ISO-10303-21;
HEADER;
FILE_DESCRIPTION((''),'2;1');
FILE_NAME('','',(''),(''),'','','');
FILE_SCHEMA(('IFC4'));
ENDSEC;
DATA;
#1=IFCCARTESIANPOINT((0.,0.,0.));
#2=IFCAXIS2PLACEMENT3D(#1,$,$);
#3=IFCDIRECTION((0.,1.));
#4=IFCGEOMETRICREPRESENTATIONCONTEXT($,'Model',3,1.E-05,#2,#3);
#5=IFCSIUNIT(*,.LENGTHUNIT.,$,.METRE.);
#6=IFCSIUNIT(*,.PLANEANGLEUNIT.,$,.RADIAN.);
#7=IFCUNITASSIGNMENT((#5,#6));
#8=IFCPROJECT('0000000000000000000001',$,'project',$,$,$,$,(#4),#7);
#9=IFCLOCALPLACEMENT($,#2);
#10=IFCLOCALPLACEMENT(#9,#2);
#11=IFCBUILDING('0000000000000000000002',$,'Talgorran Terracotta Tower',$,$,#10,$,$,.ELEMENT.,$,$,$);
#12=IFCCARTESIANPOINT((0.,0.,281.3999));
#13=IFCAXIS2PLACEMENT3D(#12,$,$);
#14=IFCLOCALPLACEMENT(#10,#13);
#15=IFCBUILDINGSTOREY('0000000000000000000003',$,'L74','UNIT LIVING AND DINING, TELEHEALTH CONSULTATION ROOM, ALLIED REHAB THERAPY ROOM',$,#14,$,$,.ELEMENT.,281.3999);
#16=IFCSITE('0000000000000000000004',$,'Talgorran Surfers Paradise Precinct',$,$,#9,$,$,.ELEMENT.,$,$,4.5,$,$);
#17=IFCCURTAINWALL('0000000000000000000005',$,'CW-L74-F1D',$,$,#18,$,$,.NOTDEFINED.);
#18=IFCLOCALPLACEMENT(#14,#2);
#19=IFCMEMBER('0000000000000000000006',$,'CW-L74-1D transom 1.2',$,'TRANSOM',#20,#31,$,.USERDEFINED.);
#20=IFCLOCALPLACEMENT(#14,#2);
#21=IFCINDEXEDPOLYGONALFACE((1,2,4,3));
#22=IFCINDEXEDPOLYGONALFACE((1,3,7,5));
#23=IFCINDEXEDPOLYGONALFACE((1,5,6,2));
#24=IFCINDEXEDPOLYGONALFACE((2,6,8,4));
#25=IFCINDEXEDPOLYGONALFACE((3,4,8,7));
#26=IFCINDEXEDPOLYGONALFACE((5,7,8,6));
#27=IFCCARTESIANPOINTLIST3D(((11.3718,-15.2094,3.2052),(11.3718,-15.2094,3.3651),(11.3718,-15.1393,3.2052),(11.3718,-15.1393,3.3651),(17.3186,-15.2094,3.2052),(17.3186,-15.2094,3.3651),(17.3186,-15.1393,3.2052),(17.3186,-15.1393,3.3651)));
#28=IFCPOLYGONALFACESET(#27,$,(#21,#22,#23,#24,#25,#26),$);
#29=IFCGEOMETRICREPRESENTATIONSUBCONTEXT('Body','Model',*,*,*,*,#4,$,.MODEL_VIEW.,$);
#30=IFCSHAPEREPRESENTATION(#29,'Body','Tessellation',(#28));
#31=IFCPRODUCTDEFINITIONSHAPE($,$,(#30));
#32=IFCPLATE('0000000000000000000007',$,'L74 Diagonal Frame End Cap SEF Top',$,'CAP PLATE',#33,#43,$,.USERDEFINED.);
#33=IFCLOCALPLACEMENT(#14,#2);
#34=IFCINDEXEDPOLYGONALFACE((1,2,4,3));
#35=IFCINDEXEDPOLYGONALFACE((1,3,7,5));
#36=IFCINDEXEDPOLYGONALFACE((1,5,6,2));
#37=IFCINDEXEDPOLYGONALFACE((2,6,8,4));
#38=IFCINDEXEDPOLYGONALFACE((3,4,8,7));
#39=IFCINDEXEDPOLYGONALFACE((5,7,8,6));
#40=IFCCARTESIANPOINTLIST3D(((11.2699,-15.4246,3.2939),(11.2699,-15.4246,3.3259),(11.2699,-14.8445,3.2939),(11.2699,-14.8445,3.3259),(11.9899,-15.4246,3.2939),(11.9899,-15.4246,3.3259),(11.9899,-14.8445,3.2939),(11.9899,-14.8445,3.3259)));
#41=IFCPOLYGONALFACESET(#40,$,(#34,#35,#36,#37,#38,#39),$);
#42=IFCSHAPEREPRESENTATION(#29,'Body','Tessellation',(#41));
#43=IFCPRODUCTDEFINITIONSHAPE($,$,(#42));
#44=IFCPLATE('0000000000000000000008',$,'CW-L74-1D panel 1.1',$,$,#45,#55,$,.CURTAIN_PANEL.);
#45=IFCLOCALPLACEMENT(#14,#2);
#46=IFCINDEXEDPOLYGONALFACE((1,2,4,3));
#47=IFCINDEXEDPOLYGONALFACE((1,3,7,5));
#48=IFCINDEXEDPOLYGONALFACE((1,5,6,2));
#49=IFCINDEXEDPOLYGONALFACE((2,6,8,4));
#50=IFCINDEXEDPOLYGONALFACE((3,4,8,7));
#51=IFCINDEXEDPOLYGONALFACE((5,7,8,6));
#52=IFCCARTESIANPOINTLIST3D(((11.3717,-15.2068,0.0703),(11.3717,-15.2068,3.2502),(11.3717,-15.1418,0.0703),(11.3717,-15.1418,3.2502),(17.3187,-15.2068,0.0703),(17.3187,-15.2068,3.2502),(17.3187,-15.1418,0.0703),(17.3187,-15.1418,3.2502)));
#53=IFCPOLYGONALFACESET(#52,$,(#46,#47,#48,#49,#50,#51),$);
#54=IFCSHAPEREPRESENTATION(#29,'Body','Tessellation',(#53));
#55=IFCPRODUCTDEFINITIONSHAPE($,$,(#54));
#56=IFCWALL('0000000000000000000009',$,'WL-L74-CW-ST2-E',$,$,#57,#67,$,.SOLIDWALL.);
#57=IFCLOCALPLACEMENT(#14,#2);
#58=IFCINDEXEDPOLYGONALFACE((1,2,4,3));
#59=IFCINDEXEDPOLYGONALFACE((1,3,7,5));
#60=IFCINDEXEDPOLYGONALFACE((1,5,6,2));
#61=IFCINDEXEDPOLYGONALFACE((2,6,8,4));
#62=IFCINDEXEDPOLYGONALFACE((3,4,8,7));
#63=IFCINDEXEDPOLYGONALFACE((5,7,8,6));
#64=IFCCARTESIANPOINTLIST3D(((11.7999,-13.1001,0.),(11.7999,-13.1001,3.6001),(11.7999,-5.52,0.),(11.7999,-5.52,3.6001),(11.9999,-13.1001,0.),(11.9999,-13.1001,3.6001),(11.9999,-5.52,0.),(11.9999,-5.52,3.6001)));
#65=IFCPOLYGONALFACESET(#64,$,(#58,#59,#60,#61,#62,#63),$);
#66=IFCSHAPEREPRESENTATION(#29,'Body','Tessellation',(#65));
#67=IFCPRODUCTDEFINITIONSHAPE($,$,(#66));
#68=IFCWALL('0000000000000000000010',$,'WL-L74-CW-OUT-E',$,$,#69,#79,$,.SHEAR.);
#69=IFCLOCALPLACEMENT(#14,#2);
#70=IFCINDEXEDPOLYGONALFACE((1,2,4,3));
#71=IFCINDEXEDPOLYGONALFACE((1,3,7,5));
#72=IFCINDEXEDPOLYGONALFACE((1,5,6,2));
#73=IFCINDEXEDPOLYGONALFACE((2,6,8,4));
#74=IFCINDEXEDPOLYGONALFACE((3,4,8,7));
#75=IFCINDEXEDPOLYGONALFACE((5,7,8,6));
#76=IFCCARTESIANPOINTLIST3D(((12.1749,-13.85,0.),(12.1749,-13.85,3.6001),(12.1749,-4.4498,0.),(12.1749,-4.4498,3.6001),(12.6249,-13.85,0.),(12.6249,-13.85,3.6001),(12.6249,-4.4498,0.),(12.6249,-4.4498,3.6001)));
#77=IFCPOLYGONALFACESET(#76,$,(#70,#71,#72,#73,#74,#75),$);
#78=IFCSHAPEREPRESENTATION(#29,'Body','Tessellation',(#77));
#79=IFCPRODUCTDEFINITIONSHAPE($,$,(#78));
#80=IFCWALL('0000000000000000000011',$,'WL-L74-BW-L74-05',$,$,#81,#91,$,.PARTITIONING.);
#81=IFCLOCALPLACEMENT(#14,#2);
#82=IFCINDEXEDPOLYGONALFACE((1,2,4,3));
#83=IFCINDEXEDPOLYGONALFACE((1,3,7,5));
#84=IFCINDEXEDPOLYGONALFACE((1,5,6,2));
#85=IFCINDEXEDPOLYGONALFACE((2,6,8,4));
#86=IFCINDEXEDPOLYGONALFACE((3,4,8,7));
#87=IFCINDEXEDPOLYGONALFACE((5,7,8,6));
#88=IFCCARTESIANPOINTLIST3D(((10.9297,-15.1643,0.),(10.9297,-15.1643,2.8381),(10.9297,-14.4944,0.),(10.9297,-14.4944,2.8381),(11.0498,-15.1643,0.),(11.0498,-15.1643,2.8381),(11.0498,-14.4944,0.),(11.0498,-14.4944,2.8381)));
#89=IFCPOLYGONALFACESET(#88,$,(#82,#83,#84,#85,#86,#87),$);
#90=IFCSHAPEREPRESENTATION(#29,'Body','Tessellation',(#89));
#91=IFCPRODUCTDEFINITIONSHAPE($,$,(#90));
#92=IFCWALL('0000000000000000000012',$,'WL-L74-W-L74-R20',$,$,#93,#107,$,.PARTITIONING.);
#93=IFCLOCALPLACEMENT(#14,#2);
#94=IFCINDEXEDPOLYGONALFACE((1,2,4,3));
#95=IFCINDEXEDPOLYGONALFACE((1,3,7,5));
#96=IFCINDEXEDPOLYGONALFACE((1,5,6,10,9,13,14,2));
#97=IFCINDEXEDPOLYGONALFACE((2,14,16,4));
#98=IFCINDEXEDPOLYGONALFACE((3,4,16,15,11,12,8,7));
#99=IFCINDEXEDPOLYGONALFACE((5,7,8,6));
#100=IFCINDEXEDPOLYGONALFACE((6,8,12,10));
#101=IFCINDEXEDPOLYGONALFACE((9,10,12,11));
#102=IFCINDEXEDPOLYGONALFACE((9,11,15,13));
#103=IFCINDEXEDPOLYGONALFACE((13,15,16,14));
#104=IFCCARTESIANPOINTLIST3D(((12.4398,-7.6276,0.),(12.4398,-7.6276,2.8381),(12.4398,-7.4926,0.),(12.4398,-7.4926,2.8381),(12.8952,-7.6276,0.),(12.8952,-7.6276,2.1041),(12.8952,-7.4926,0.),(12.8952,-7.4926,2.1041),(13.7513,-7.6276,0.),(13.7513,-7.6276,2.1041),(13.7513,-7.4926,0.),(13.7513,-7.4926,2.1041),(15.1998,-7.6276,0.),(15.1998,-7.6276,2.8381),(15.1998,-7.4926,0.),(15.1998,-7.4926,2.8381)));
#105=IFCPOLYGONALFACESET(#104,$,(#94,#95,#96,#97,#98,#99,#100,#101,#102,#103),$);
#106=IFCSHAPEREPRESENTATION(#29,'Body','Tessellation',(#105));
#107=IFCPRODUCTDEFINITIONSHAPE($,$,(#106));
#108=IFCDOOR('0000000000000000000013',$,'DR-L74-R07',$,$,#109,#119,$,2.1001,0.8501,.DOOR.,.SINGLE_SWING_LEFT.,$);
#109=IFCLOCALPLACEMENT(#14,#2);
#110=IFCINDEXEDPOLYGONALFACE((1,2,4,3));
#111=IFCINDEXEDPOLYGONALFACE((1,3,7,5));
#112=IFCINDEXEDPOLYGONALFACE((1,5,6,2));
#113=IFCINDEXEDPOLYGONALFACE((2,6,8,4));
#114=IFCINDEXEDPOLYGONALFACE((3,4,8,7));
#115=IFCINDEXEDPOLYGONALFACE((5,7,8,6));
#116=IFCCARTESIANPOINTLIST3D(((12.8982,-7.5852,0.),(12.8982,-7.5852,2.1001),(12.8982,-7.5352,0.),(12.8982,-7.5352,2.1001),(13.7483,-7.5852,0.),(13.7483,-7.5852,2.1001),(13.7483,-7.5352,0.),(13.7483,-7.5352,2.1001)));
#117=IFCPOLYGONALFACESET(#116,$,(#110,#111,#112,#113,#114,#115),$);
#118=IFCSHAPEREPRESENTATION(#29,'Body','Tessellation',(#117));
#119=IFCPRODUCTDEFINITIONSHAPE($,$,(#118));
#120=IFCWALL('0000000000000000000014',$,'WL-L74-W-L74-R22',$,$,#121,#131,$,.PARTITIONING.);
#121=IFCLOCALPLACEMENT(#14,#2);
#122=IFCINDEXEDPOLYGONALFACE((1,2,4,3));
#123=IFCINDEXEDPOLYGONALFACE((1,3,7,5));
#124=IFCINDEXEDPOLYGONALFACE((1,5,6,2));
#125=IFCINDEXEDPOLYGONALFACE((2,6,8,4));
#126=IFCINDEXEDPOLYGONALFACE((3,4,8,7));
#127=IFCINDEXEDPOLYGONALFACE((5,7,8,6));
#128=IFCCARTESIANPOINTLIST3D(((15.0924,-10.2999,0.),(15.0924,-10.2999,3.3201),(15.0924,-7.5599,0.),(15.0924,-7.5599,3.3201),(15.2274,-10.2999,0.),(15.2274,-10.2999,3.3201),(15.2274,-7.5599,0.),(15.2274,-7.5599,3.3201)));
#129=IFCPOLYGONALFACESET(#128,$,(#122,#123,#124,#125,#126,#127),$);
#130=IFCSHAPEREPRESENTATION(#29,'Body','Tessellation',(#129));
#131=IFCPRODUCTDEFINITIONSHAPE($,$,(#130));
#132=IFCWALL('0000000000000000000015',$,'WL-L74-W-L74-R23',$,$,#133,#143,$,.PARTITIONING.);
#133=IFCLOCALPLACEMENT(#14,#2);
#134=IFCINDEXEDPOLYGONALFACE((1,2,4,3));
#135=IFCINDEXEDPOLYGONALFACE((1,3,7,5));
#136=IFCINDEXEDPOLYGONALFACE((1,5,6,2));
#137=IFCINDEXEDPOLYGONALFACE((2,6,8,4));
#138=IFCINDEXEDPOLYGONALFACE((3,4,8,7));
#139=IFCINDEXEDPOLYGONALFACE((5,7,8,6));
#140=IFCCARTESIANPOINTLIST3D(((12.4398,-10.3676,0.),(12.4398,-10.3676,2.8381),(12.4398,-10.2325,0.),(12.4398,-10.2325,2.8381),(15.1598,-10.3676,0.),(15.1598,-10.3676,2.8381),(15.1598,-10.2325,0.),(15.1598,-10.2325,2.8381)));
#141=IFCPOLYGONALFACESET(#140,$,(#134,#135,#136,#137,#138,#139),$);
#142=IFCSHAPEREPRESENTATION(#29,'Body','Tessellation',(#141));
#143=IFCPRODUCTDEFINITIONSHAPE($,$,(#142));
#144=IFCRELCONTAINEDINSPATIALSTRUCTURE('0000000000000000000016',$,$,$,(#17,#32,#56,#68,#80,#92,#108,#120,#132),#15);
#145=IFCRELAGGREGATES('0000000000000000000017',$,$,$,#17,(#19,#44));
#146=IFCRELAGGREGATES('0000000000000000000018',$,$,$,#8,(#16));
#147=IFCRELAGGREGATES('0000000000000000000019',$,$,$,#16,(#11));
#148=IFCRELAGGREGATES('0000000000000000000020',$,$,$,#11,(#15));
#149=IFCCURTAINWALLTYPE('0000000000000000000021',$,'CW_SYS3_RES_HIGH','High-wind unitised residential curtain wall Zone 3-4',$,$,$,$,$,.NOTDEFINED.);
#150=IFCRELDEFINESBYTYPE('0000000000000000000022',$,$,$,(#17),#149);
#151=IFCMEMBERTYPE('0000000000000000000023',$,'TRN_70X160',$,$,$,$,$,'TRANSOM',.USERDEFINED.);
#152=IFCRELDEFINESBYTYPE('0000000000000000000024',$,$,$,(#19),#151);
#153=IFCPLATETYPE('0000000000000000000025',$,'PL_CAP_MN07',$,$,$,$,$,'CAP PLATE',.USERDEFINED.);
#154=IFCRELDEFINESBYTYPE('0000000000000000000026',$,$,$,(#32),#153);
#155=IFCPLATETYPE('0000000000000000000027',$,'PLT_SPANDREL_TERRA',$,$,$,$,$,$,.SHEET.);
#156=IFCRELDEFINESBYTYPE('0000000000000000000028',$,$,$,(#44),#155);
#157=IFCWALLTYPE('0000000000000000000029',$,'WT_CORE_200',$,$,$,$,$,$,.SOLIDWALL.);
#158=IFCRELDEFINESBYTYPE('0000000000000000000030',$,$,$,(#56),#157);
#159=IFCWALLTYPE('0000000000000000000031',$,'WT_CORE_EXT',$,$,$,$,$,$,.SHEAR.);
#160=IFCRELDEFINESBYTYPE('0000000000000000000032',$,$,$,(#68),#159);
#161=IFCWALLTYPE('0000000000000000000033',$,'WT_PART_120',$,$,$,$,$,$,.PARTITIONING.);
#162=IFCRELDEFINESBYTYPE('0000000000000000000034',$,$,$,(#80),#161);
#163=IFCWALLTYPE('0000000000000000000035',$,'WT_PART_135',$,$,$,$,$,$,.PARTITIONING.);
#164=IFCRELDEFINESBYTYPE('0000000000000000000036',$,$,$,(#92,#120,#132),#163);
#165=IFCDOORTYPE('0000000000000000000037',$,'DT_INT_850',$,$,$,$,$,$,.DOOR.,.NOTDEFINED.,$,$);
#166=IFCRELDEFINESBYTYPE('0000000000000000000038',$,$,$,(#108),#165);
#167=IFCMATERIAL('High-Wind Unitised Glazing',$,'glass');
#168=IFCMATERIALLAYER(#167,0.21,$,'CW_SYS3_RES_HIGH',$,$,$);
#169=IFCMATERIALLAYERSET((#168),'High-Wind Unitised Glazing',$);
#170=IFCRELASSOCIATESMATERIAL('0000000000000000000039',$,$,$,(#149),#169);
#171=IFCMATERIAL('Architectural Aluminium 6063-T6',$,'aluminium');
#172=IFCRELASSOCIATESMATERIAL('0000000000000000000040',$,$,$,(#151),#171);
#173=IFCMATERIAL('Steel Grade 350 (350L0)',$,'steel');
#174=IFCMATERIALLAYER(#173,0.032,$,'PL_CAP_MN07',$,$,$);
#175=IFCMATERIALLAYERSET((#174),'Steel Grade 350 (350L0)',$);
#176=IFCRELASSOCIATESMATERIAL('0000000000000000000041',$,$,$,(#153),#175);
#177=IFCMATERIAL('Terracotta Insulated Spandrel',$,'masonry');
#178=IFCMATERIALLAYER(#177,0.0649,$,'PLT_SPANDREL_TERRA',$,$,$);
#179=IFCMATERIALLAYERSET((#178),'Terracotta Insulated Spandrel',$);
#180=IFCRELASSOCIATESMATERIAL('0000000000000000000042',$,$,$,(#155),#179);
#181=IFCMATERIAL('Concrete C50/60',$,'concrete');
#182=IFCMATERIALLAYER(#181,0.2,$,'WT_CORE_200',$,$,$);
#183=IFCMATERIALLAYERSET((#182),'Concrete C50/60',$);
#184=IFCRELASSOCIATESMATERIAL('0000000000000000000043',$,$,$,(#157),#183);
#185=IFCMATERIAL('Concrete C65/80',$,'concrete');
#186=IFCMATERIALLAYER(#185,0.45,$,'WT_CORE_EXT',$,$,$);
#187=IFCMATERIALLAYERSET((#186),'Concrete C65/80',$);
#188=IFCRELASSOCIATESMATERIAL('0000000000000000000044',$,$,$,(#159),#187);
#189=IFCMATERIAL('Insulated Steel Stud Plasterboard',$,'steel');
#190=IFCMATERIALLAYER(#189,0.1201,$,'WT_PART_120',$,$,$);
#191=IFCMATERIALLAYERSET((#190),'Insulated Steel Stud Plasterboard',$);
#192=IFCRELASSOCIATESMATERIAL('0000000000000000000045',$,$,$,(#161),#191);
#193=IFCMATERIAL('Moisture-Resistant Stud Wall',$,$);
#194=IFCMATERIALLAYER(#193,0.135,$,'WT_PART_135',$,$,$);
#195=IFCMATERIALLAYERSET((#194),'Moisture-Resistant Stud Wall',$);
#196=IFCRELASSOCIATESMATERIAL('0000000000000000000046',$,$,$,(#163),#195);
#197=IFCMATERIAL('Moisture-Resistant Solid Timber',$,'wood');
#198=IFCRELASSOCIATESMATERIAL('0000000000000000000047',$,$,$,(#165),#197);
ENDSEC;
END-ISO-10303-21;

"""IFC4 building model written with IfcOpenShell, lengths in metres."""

from ifc_helpers import new_model, si_unit, direction, frame, frame_2d, origin, origin_2d, place, context, subcontext, project, spatial, rectangle, extrude, source, transform, mapped, material, layer, layer_set, material_profile, profile_set, type_object, type_shapes, element, fill, aggregate, save


model = new_model("IFC4")

# Units and contexts
model_context = context("Model", 3, precision=1e-05, world=origin(), true_north=direction((0.0, 1.0)))
body_context = subcontext(model_context, "Body", "Model", "MODEL_VIEW")
ifc_project = project(units=[si_unit("LENGTHUNIT", "METRE"), si_unit("PLANEANGLEUNIT", "RADIAN")], contexts=[model_context])

# Site, building, storey
site_placement = place(None, origin())
site = spatial("IfcSite", under=ifc_project, at=site_placement, Name="Talgorran Surfers Paradise Precinct", CompositionType="ELEMENT", RefElevation=4.5)
building_placement = place(site_placement, origin())
building = spatial("IfcBuilding", under=site, at=building_placement, Name="Talgorran Terracotta Tower", CompositionType="ELEMENT")
storey_placement = place(building_placement, frame((0.0, 0.0, 281.3999)))
storey = spatial("IfcBuildingStorey", under=building, at=storey_placement, Name="L74", Description="UNIT LIVING AND DINING, TELEHEALTH CONSULTATION ROOM, ALLIED REHAB THERAPY ROOM", CompositionType="ELEMENT", Elevation=281.3999)

# Shared definitions
ifc_material_1 = material(Name="High-Wind Unitised Glazing", Category="glass")
ifc_layer_1 = layer(ifc_material_1, 0.21, Name="CW_SYS3_RES_HIGH")
ifc_layer_set_1 = layer_set([ifc_layer_1], Name="High-Wind Unitised Glazing")
curtain_wall_type = type_object("IfcCurtainWallType", Name="CW_SYS3_RES_HIGH", Description="High-wind unitised residential curtain wall Zone 3-4", PredefinedType="NOTDEFINED", material=ifc_layer_set_1)
ifc_material_2 = material(Name="Architectural Aluminium 6063-T6", Category="aluminium")

# Curtain wall, member
curtain_wall_1_placement = place(storey_placement, origin())
curtain_wall_1 = element("IfcCurtainWall", 1, at=curtain_wall_1_placement, inside=storey, type_object=curtain_wall_type, Name="CW-L74-F1D", PredefinedType="NOTDEFINED")
ifc_material_profile_1 = material_profile(ifc_material_2, rectangle(XDim=0.0701, YDim=0.1599, at=origin_2d()), Name="CWT70X160")
ifc_profile_set_1 = profile_set([ifc_material_profile_1], Name="Architectural Aluminium 6063-T6")
member_type_1 = type_object("IfcMemberType", Name="TRN_70X160", ElementType="TRANSOM", PredefinedType="USERDEFINED", material=ifc_profile_set_1)
member_1_placement = place(storey_placement, frame((11.3718, -15.1743, 3.2852), z_axis=(1.0, 0.0, 0.0), x_axis=(0.0, 1.0, 0.0)))
member_1 = element("IfcMember", 2, at=member_1_placement, type_object=member_type_1, Name="CW-L74-1D transom 1.2", ObjectType="TRANSOM", PredefinedType="USERDEFINED", context=body_context, shape_type="SweptSolid", body=[
    extrude(rectangle(XDim=0.0701, YDim=0.1599, at=origin_2d()), origin(), (0.0, 0.0, 1.0), 5.9468),
])

# Plates
ifc_material_3 = material(Name="Steel Grade 350 (350L0)", Category="steel")
ifc_layer_2 = layer(ifc_material_3, 0.032, Name="PL_CAP_MN07")
ifc_layer_set_2 = layer_set([ifc_layer_2], Name="Steel Grade 350 (350L0)")
plate_type_1 = type_object("IfcPlateType", Name="PL_CAP_MN07", ElementType="CAP PLATE", PredefinedType="USERDEFINED", material=ifc_layer_set_2)
plate_1_placement = place(storey_placement, frame((11.6299, -15.1345, 3.2939), z_axis=(0.0, 0.0, 1.0), x_axis=(-1.0, 0.0, 0.0)))
element("IfcPlate", 3, at=plate_1_placement, inside=storey, type_object=plate_type_1, Name="L74 Diagonal Frame End Cap SEF Top", ObjectType="CAP PLATE", PredefinedType="USERDEFINED", context=body_context, shape_type="SweptSolid", body=[
    extrude(rectangle(XDim=0.72, YDim=0.5801, at=origin_2d()), origin(), (0.0, 0.0, 1.0), 0.032),
])
ifc_material_4 = material(Name="Terracotta Insulated Spandrel", Category="masonry")
ifc_layer_3 = layer(ifc_material_4, 0.0649, Name="PLT_SPANDREL_TERRA")
ifc_layer_set_3 = layer_set([ifc_layer_3], Name="Terracotta Insulated Spandrel")
plate_type_2 = type_object("IfcPlateType", Name="PLT_SPANDREL_TERRA", PredefinedType="SHEET", material=ifc_layer_set_3)
shared_shape = source(origin(), body_context, "Body", "SweptSolid", [
    extrude(rectangle(XDim=5.947, YDim=0.0649, at=origin_2d()), origin(), (0.0, 0.0, 1.0), 3.1799),
])
type_shapes(plate_type_2, [shared_shape])
plate_2_placement = place(storey_placement, frame((14.3452, -15.1743, 0.0703), z_axis=(0.0, 0.0, 1.0), x_axis=(1.0, 0.0, 0.0)))
plate_2 = element("IfcPlate", 4, at=plate_2_placement, type_object=plate_type_2, Name="CW-L74-1D panel 1.1", PredefinedType="CURTAIN_PANEL", context=body_context, shape_type="MappedRepresentation", body=[
    mapped(shared_shape, transform((0.0, 0.0, 0.0), scale=1.0)),
])
aggregate(curtain_wall_1, [member_1, plate_2])

# Walls
ifc_material_5 = material(Name="Concrete C50/60", Category="concrete")
ifc_layer_4 = layer(ifc_material_5, 0.2, Name="WT_CORE_200")
ifc_layer_set_4 = layer_set([ifc_layer_4], Name="Concrete C50/60")
wall_type_1 = type_object("IfcWallType", Name="WT_CORE_200", PredefinedType="SOLIDWALL", material=ifc_layer_set_4)
wall_1_placement = place(storey_placement, frame((11.8999, -13.1001, 0.0), z_axis=(0.0, 0.0, 1.0), x_axis=(0.0, 1.0, 0.0)))
element("IfcWall", 5, at=wall_1_placement, inside=storey, type_object=wall_type_1, Name="WL-L74-CW-ST2-E", PredefinedType="SOLIDWALL", context=body_context, shape_type="SweptSolid", body=[
    extrude(rectangle(XDim=7.5801, YDim=0.2, at=frame_2d((3.79, 0.0))), origin(), (0.0, 0.0, 1.0), 3.6001),
])
ifc_material_6 = material(Name="Concrete C65/80", Category="concrete")
ifc_layer_5 = layer(ifc_material_6, 0.45, Name="WT_CORE_EXT")
ifc_layer_set_5 = layer_set([ifc_layer_5], Name="Concrete C65/80")
wall_type_2 = type_object("IfcWallType", Name="WT_CORE_EXT", PredefinedType="SHEAR", material=ifc_layer_set_5)
wall_2_placement = place(storey_placement, frame((12.3999, -13.8501, 0.0), z_axis=(0.0, 0.0, 1.0), x_axis=(0.0, 1.0, 0.0)))
element("IfcWall", 6, at=wall_2_placement, inside=storey, type_object=wall_type_2, Name="WL-L74-CW-OUT-E", PredefinedType="SHEAR", context=body_context, shape_type="SweptSolid", body=[
    extrude(rectangle(XDim=9.4001, YDim=0.45, at=frame_2d((4.7002, 0.0))), origin(), (0.0, 0.0, 1.0), 3.6001),
])
ifc_material_7 = material(Name="Insulated Steel Stud Plasterboard", Category="steel")
ifc_layer_6 = layer(ifc_material_7, 0.1201, Name="WT_PART_120")
ifc_layer_set_6 = layer_set([ifc_layer_6], Name="Insulated Steel Stud Plasterboard")
wall_type_3 = type_object("IfcWallType", Name="WT_PART_120", PredefinedType="PARTITIONING", material=ifc_layer_set_6)
wall_3_placement = place(storey_placement, frame((10.9897, -15.1643, 0.0), z_axis=(0.0, 0.0, 1.0), x_axis=(0.0, 1.0, 0.0)))
element("IfcWall", 7, at=wall_3_placement, inside=storey, type_object=wall_type_3, Name="WL-L74-BW-L74-05", PredefinedType="PARTITIONING", context=body_context, shape_type="SweptSolid", body=[
    extrude(rectangle(XDim=0.6699, YDim=0.1201, at=frame_2d((0.335, 0.0))), origin(), (0.0, 0.0, 1.0), 2.8381),
])

# Wall, opening, door
ifc_material_8 = material(Name="Moisture-Resistant Stud Wall")
ifc_layer_7 = layer(ifc_material_8, 0.135, Name="WT_PART_135")
ifc_layer_set_7 = layer_set([ifc_layer_7], Name="Moisture-Resistant Stud Wall")
wall_type_4 = type_object("IfcWallType", Name="WT_PART_135", PredefinedType="PARTITIONING", material=ifc_layer_set_7)
wall_4_placement = place(storey_placement, frame((12.4399, -7.5601, 0.0), z_axis=(0.0, 0.0, 1.0), x_axis=(1.0, 0.0, 0.0)))
wall_4 = element("IfcWall", 8, at=wall_4_placement, inside=storey, type_object=wall_type_4, Name="WL-L74-W-L74-R20", PredefinedType="PARTITIONING", context=body_context, shape_type="SweptSolid", body=[
    extrude(rectangle(XDim=2.76, YDim=0.135, at=frame_2d((1.3799, 0.0))), origin(), (0.0, 0.0, 1.0), 2.8381),
])
opening_placement = place(wall_4_placement, frame((0.4583, 0.0, 0.0)))
opening = element("IfcOpeningElement", 9, at=opening_placement, cuts=wall_4, PredefinedType="OPENING", context=body_context, shape_type="SweptSolid", body=[
    extrude(rectangle(XDim=0.8561, YDim=2.1041, at=frame_2d((0.425, 1.052))), frame((0.0, 0.0776, 0.0), z_axis=(0.0, -1.0, 0.0), x_axis=(1.0, 0.0, 0.0)), (0.0, 0.0, 1.0), 0.155),
])
ifc_material_9 = material(Name="Moisture-Resistant Solid Timber", Category="wood")
door_type = type_object("IfcDoorType", Name="DT_INT_850", OperationType="NOTDEFINED", PredefinedType="DOOR", material=ifc_material_9)
door_placement = place(opening_placement, origin())
door = element("IfcDoor", 10, at=door_placement, inside=storey, type_object=door_type, Name="DR-L74-R07", OperationType="SINGLE_SWING_LEFT", OverallHeight=2.1001, OverallWidth=0.8501, PredefinedType="DOOR", context=body_context, shape_type="SweptSolid", body=[
    extrude(rectangle(XDim=0.8501, YDim=2.1001, at=frame_2d((0.425, 1.05))), frame((0.0, 0.0249, 0.0), z_axis=(0.0, -1.0, 0.0), x_axis=(1.0, 0.0, 0.0)), (0.0, 0.0, 1.0), 0.05),
])
fill(opening, door)

# Walls
wall_5_placement = place(storey_placement, frame((15.1599, -10.3, 0.0), z_axis=(0.0, 0.0, 1.0), x_axis=(0.0, 1.0, 0.0)))
element("IfcWall", 11, at=wall_5_placement, inside=storey, type_object=wall_type_4, Name="WL-L74-W-L74-R22", PredefinedType="PARTITIONING", context=body_context, shape_type="SweptSolid", body=[
    extrude(rectangle(XDim=2.74, YDim=0.135, at=frame_2d((1.3701, 0.0))), origin(), (0.0, 0.0, 1.0), 3.3201),
])
wall_6_placement = place(storey_placement, frame((12.4399, -10.3, 0.0), z_axis=(0.0, 0.0, 1.0), x_axis=(1.0, 0.0, 0.0)))
element("IfcWall", 12, at=wall_6_placement, inside=storey, type_object=wall_type_4, Name="WL-L74-W-L74-R23", PredefinedType="PARTITIONING", context=body_context, shape_type="SweptSolid", body=[
    extrude(rectangle(XDim=2.72, YDim=0.135, at=frame_2d((1.3599, 0.0))), origin(), (0.0, 0.0, 1.0), 2.8381),
])

save(model, "model.ifc")
